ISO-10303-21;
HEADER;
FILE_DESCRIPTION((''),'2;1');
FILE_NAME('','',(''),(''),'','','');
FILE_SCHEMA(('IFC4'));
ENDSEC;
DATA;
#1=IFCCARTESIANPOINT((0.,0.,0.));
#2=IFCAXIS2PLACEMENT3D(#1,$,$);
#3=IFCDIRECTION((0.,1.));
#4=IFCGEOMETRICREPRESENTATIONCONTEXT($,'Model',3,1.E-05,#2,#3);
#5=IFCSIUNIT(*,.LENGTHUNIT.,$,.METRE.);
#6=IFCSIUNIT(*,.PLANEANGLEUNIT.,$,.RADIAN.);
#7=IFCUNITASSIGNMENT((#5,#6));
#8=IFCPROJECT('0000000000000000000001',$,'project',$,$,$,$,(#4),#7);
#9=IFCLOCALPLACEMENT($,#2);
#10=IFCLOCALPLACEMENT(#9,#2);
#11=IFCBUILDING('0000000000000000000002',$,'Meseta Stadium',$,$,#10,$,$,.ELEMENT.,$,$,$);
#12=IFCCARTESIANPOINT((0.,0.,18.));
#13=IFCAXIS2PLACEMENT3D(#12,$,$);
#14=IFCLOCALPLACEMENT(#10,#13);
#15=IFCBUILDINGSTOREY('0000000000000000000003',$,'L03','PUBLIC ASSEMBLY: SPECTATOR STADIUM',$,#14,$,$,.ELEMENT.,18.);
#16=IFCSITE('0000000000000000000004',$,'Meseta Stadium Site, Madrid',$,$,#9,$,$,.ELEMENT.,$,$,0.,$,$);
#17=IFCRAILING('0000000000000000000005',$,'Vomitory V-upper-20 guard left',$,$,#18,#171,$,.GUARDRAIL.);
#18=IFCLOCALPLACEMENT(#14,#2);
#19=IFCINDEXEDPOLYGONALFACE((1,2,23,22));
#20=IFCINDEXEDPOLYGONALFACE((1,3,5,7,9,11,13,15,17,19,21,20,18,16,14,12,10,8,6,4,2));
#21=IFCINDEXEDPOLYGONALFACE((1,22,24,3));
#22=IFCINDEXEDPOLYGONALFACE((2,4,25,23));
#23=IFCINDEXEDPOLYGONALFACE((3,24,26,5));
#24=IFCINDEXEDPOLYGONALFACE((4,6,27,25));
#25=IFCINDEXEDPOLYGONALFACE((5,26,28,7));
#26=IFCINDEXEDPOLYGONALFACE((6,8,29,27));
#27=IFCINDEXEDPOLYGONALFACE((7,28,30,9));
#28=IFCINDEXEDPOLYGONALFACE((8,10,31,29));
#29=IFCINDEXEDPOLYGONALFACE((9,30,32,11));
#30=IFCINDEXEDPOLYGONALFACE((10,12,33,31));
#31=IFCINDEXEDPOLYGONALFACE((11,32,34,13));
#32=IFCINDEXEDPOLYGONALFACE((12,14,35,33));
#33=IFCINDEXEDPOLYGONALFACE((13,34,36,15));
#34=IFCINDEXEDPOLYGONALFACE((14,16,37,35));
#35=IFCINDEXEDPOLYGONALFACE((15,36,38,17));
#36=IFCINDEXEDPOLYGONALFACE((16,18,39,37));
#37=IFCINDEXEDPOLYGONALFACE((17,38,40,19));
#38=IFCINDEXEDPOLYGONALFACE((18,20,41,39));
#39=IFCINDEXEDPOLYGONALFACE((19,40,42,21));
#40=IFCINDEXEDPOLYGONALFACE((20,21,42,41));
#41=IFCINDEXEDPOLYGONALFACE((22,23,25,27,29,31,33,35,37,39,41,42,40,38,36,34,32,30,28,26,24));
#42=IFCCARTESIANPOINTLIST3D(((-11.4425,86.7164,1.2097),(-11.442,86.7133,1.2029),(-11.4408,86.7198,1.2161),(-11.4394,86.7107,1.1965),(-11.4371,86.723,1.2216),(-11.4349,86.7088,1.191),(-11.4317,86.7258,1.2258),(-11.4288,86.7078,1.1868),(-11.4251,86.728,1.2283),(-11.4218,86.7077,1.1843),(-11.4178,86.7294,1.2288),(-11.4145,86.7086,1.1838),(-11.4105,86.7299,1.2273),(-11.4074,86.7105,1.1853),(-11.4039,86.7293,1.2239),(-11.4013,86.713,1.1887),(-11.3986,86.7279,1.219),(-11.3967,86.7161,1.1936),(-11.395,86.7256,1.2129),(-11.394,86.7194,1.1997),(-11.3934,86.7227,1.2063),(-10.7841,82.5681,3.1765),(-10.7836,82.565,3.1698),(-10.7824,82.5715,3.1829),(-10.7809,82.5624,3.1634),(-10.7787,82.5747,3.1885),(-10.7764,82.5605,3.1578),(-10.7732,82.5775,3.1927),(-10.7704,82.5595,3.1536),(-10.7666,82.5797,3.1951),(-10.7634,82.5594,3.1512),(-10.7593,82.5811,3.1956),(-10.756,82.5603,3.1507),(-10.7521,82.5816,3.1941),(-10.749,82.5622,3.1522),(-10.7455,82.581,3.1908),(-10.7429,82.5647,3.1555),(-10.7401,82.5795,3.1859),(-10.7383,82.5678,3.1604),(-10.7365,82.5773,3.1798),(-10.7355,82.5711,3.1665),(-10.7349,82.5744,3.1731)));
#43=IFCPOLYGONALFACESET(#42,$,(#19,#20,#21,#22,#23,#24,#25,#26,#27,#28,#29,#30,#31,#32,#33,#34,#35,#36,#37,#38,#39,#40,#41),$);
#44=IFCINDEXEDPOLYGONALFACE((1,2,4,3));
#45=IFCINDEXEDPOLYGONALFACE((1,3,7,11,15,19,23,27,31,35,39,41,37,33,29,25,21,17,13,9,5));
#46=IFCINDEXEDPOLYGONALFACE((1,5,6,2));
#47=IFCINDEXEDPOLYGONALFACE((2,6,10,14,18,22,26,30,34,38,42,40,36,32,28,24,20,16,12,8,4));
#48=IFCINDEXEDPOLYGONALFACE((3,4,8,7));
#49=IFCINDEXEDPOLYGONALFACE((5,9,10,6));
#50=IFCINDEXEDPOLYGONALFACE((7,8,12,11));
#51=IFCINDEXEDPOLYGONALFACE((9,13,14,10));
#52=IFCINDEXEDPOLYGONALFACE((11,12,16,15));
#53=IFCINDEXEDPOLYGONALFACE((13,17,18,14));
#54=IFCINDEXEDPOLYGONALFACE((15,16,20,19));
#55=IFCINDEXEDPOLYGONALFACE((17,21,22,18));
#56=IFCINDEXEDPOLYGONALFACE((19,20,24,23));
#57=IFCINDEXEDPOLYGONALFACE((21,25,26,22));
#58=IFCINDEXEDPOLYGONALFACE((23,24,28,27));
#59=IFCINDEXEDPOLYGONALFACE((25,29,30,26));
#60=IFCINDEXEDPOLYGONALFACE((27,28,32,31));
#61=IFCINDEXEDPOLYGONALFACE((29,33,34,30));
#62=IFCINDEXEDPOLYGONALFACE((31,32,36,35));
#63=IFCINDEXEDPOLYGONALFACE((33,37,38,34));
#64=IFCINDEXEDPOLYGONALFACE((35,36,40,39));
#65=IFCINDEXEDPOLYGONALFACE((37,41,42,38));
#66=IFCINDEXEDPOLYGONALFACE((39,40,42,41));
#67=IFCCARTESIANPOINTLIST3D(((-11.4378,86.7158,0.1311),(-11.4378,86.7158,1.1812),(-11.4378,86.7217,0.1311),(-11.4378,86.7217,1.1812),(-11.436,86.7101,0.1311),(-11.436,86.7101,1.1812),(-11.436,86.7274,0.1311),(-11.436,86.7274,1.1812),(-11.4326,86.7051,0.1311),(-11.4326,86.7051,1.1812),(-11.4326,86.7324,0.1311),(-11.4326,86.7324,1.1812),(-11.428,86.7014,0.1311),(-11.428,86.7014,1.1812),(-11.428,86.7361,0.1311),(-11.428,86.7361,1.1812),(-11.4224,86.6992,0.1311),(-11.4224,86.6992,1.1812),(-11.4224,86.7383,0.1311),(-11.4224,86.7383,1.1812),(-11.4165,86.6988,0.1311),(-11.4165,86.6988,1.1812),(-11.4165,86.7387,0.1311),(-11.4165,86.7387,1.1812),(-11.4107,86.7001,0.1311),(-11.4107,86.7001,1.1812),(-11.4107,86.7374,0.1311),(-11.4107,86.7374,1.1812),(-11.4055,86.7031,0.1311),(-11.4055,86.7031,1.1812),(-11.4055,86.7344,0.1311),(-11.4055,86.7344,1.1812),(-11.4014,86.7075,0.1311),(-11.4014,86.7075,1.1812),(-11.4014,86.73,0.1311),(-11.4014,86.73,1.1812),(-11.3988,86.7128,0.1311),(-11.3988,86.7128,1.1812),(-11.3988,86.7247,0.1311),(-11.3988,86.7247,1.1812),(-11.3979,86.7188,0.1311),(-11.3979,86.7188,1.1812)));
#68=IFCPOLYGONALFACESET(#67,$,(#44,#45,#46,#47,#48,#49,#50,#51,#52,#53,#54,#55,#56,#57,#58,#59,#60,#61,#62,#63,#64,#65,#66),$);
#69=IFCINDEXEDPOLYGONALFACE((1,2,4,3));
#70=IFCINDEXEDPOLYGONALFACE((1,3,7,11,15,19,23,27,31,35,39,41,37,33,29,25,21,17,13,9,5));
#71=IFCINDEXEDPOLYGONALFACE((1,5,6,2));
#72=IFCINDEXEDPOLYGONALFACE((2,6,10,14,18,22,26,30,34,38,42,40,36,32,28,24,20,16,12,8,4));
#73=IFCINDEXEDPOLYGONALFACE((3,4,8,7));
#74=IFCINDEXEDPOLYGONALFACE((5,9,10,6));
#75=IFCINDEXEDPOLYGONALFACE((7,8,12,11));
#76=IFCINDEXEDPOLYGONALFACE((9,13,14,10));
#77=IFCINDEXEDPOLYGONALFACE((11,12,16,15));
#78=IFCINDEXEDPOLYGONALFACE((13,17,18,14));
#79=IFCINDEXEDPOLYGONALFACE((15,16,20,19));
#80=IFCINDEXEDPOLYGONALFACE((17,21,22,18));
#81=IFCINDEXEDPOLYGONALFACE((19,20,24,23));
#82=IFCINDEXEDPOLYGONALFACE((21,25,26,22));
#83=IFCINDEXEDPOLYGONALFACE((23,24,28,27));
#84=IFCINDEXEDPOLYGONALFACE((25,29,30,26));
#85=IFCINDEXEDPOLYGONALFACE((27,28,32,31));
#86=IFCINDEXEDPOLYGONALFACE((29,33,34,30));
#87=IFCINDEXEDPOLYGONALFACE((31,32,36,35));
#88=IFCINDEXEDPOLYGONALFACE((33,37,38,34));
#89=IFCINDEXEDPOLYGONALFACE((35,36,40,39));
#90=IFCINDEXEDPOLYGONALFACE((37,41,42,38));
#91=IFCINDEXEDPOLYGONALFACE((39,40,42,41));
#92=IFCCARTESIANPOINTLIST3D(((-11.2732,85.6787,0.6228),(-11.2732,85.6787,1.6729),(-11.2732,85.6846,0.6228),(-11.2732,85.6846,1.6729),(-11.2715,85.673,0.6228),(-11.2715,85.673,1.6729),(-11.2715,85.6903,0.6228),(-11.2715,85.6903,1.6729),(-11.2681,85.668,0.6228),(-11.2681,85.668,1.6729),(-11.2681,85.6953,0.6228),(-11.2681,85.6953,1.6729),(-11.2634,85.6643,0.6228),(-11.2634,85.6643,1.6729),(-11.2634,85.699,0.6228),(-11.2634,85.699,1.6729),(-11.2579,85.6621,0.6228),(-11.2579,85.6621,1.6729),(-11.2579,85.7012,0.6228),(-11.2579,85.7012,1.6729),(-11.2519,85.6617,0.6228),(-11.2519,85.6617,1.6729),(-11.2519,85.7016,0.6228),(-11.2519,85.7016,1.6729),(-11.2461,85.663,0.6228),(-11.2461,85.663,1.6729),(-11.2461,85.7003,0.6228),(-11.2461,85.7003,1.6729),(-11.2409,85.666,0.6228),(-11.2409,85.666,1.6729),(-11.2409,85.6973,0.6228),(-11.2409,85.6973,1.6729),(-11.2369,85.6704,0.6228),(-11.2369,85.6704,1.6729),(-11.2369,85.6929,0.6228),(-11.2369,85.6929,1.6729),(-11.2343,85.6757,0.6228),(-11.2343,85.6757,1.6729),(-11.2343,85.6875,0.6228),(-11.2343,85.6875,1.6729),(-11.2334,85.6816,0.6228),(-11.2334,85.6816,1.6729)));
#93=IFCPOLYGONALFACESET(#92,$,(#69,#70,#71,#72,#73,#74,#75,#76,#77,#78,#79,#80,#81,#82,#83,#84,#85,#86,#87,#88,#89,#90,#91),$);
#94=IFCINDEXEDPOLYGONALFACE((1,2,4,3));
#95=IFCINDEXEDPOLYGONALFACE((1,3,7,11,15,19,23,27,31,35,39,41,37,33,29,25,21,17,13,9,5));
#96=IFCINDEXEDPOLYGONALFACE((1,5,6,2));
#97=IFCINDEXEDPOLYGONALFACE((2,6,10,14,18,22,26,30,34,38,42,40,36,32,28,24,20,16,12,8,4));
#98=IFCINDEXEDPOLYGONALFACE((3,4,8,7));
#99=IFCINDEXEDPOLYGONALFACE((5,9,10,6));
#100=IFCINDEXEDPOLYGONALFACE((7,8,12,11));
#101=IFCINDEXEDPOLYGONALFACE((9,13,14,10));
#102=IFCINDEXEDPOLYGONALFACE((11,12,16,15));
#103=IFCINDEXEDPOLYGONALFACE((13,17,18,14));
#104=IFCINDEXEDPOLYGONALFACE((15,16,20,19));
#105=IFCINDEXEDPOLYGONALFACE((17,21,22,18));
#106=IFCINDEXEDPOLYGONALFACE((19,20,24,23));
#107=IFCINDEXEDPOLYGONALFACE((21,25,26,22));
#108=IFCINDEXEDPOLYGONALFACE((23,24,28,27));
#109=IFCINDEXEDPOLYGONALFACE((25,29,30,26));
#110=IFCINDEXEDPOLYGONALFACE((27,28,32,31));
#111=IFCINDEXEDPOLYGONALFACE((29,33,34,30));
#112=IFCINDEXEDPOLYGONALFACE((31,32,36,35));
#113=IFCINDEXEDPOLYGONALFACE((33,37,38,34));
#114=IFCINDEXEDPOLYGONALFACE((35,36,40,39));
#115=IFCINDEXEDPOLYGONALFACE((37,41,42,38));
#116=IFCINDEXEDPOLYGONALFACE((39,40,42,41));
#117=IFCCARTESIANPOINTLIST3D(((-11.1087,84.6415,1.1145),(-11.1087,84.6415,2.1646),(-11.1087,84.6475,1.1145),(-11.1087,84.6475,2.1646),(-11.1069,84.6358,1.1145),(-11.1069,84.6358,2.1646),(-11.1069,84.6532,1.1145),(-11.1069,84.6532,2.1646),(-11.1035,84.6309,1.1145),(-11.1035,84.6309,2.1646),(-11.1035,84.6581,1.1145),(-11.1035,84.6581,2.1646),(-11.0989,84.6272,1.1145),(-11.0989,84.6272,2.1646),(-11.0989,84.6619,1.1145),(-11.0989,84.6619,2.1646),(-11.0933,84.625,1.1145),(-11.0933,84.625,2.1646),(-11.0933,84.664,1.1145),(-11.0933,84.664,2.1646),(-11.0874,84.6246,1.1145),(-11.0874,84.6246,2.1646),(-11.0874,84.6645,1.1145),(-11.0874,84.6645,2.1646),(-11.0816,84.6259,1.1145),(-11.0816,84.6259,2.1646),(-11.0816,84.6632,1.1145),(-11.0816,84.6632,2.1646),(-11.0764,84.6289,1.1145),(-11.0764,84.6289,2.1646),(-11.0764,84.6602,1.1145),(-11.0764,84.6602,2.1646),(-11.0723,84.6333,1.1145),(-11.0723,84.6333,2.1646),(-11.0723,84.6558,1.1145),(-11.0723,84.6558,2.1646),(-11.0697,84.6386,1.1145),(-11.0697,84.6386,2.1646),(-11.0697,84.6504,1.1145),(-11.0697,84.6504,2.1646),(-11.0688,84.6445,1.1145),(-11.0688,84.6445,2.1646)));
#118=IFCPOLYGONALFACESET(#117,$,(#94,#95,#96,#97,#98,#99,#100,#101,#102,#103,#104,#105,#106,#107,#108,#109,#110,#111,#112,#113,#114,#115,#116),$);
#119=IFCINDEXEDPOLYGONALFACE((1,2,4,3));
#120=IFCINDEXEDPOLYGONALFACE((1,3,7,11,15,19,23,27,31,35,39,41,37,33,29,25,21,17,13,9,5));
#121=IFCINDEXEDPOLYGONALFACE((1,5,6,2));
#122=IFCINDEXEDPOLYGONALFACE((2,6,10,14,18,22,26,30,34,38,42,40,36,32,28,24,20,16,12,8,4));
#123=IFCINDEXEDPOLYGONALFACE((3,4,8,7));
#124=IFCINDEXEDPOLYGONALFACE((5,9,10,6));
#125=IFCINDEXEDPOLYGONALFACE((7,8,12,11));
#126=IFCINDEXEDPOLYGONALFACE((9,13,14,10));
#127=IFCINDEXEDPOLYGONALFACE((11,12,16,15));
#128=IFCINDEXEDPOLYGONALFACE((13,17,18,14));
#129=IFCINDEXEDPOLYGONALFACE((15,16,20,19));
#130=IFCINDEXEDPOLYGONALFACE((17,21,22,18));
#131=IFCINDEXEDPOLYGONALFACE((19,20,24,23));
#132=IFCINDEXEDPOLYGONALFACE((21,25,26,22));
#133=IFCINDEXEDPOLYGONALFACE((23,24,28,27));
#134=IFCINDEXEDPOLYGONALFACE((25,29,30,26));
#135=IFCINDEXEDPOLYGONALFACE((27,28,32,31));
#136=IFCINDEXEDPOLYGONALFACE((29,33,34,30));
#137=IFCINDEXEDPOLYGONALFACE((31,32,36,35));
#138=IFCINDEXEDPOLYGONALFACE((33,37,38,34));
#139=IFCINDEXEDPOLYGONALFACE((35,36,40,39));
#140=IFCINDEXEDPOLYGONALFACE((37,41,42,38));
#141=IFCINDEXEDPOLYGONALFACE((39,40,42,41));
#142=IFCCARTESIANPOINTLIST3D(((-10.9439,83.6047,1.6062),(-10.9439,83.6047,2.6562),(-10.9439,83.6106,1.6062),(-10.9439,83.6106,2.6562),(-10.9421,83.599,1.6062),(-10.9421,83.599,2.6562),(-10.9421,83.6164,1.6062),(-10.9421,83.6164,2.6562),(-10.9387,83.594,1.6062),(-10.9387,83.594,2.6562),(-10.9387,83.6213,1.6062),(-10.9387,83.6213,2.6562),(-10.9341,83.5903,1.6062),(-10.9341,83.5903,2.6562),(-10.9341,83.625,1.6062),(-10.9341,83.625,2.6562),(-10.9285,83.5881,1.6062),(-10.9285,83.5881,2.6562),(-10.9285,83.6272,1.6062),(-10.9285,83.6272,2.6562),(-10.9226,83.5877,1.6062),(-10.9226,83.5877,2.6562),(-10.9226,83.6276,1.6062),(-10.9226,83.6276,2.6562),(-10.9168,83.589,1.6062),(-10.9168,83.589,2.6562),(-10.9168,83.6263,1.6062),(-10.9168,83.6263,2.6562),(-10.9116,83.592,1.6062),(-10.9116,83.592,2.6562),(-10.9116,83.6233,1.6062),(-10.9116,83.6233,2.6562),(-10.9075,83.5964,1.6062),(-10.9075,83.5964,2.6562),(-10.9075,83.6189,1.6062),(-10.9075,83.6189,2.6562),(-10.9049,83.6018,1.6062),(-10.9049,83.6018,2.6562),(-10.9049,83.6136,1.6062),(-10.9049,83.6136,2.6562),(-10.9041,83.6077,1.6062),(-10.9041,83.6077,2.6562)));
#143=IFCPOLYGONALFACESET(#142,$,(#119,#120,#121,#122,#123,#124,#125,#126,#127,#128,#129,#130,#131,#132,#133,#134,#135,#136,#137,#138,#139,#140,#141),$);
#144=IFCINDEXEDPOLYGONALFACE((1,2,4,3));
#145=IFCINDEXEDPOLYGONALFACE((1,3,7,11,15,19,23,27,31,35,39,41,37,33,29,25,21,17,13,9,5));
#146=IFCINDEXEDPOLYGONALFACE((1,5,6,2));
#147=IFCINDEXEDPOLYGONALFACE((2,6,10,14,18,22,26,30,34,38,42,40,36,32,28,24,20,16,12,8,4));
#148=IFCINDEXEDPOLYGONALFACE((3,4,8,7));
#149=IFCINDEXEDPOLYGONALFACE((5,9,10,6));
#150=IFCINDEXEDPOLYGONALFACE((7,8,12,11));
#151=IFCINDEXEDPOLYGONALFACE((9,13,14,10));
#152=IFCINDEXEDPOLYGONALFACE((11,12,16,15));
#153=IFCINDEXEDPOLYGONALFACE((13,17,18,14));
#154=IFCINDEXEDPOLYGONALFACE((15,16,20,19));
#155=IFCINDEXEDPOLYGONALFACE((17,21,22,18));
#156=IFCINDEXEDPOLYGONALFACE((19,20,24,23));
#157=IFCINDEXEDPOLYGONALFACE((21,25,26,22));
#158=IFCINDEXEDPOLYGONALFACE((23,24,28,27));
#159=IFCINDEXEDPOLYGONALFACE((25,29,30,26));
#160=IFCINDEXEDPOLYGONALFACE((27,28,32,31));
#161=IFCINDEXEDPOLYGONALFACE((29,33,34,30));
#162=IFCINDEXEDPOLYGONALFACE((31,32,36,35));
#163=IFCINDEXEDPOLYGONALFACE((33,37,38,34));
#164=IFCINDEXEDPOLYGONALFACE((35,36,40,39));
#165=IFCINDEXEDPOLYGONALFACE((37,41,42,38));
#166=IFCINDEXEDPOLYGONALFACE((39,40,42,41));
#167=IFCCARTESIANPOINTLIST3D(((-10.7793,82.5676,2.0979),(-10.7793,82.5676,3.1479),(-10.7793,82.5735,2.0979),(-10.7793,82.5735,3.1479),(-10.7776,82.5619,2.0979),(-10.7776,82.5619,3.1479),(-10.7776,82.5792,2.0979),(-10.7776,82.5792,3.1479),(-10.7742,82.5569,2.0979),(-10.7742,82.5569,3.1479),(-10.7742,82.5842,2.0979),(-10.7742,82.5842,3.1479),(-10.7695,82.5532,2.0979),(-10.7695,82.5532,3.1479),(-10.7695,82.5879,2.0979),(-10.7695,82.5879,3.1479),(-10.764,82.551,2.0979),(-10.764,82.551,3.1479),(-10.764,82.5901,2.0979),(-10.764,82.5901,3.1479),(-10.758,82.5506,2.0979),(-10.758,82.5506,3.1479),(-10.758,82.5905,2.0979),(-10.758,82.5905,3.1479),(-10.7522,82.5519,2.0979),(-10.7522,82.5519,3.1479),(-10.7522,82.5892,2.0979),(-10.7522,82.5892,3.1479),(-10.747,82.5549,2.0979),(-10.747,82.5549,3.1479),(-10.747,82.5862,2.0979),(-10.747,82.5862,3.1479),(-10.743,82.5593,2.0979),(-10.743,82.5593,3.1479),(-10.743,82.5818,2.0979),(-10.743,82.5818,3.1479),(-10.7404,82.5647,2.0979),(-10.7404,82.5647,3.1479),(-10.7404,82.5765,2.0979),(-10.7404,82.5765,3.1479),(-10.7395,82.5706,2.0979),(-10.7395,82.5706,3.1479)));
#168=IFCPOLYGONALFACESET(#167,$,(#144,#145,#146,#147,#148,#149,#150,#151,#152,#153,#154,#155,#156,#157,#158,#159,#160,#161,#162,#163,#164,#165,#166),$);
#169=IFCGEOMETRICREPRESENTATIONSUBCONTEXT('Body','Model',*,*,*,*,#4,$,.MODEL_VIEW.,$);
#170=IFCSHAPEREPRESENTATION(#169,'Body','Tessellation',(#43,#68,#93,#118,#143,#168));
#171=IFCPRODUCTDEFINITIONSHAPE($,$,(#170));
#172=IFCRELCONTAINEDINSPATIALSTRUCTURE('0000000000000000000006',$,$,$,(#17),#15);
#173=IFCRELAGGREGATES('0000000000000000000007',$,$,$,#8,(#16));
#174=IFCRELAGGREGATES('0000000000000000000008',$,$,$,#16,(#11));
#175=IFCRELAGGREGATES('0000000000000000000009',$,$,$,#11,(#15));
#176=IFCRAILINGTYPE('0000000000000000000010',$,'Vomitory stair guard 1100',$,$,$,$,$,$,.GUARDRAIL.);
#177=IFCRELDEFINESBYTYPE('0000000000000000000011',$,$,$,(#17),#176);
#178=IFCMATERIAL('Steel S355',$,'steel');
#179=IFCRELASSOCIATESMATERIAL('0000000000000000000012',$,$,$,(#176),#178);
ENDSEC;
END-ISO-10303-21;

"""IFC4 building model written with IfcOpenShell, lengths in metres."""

from ifc_helpers import new_model, si_unit, direction, frame, origin, origin_2d, place, context, subcontext, project, spatial, circle, extrude, material, type_object, element, save


model = new_model("IFC4")

# Units and contexts
model_context = context("Model", 3, precision=1e-05, world=origin(), true_north=direction((0.0, 1.0)))
body_context = subcontext(model_context, "Body", "Model", "MODEL_VIEW")
ifc_project = project(units=[si_unit("LENGTHUNIT", "METRE"), si_unit("PLANEANGLEUNIT", "RADIAN")], contexts=[model_context])

# Site, building, storey
site_placement = place(None, origin())
site = spatial("IfcSite", under=ifc_project, at=site_placement, Name="Meseta Stadium Site, Madrid", CompositionType="ELEMENT", RefElevation=0.0)
building_placement = place(site_placement, origin())
building = spatial("IfcBuilding", under=site, at=building_placement, Name="Meseta Stadium", CompositionType="ELEMENT")
storey_placement = place(building_placement, frame((0.0, 0.0, 18.0)))
storey = spatial("IfcBuildingStorey", under=building, at=storey_placement, Name="L03", Description="PUBLIC ASSEMBLY: SPECTATOR STADIUM", CompositionType="ELEMENT", Elevation=18.0)

# Railing
ifc_material_1 = material(Name="Steel S355", Category="steel")
railing_type_1 = type_object("IfcRailingType", Name="Vomitory stair guard 1100", PredefinedType="GUARDRAIL", material=ifc_material_1)
for number, where, name in (
    (1, (-11.418, 86.7188, 0.1311), "Vomitory V-upper-20 guard left"),
):
    element("IfcRailing", number, at=place(storey_placement, frame(where)), inside=storey, type_object=railing_type_1, Name=name, PredefinedType="GUARDRAIL", context=body_context, shape_type="SweptSolid", body=[
        extrude(circle(Radius=0.0249, at=origin_2d()), frame((0.0, 0.0, 1.0752), z_axis=(0.141974, -0.894428, 0.424078), x_axis=(0.987635, 0.156768, 0.0)), (0.0, 0.0, 1.0), 4.6379),
        extrude(circle(Radius=0.02, at=origin_2d()), origin(), (0.0, 0.0, 1.0), 1.05),
        extrude(circle(Radius=0.02, at=origin_2d()), frame((0.1646, -1.0371, 0.4917)), (0.0, 0.0, 1.0), 1.05),
        extrude(circle(Radius=0.02, at=origin_2d()), frame((0.3291, -2.0742, 0.9834)), (0.0, 0.0, 1.0), 1.05),
        extrude(circle(Radius=0.02, at=origin_2d()), frame((0.4939, -3.1111, 1.4751)), (0.0, 0.0, 1.0), 1.05),
        extrude(circle(Radius=0.02, at=origin_2d()), frame((0.6584, -4.1482, 1.9668)), (0.0, 0.0, 1.0), 1.05),
    ])

save(model, "model.ifc")
